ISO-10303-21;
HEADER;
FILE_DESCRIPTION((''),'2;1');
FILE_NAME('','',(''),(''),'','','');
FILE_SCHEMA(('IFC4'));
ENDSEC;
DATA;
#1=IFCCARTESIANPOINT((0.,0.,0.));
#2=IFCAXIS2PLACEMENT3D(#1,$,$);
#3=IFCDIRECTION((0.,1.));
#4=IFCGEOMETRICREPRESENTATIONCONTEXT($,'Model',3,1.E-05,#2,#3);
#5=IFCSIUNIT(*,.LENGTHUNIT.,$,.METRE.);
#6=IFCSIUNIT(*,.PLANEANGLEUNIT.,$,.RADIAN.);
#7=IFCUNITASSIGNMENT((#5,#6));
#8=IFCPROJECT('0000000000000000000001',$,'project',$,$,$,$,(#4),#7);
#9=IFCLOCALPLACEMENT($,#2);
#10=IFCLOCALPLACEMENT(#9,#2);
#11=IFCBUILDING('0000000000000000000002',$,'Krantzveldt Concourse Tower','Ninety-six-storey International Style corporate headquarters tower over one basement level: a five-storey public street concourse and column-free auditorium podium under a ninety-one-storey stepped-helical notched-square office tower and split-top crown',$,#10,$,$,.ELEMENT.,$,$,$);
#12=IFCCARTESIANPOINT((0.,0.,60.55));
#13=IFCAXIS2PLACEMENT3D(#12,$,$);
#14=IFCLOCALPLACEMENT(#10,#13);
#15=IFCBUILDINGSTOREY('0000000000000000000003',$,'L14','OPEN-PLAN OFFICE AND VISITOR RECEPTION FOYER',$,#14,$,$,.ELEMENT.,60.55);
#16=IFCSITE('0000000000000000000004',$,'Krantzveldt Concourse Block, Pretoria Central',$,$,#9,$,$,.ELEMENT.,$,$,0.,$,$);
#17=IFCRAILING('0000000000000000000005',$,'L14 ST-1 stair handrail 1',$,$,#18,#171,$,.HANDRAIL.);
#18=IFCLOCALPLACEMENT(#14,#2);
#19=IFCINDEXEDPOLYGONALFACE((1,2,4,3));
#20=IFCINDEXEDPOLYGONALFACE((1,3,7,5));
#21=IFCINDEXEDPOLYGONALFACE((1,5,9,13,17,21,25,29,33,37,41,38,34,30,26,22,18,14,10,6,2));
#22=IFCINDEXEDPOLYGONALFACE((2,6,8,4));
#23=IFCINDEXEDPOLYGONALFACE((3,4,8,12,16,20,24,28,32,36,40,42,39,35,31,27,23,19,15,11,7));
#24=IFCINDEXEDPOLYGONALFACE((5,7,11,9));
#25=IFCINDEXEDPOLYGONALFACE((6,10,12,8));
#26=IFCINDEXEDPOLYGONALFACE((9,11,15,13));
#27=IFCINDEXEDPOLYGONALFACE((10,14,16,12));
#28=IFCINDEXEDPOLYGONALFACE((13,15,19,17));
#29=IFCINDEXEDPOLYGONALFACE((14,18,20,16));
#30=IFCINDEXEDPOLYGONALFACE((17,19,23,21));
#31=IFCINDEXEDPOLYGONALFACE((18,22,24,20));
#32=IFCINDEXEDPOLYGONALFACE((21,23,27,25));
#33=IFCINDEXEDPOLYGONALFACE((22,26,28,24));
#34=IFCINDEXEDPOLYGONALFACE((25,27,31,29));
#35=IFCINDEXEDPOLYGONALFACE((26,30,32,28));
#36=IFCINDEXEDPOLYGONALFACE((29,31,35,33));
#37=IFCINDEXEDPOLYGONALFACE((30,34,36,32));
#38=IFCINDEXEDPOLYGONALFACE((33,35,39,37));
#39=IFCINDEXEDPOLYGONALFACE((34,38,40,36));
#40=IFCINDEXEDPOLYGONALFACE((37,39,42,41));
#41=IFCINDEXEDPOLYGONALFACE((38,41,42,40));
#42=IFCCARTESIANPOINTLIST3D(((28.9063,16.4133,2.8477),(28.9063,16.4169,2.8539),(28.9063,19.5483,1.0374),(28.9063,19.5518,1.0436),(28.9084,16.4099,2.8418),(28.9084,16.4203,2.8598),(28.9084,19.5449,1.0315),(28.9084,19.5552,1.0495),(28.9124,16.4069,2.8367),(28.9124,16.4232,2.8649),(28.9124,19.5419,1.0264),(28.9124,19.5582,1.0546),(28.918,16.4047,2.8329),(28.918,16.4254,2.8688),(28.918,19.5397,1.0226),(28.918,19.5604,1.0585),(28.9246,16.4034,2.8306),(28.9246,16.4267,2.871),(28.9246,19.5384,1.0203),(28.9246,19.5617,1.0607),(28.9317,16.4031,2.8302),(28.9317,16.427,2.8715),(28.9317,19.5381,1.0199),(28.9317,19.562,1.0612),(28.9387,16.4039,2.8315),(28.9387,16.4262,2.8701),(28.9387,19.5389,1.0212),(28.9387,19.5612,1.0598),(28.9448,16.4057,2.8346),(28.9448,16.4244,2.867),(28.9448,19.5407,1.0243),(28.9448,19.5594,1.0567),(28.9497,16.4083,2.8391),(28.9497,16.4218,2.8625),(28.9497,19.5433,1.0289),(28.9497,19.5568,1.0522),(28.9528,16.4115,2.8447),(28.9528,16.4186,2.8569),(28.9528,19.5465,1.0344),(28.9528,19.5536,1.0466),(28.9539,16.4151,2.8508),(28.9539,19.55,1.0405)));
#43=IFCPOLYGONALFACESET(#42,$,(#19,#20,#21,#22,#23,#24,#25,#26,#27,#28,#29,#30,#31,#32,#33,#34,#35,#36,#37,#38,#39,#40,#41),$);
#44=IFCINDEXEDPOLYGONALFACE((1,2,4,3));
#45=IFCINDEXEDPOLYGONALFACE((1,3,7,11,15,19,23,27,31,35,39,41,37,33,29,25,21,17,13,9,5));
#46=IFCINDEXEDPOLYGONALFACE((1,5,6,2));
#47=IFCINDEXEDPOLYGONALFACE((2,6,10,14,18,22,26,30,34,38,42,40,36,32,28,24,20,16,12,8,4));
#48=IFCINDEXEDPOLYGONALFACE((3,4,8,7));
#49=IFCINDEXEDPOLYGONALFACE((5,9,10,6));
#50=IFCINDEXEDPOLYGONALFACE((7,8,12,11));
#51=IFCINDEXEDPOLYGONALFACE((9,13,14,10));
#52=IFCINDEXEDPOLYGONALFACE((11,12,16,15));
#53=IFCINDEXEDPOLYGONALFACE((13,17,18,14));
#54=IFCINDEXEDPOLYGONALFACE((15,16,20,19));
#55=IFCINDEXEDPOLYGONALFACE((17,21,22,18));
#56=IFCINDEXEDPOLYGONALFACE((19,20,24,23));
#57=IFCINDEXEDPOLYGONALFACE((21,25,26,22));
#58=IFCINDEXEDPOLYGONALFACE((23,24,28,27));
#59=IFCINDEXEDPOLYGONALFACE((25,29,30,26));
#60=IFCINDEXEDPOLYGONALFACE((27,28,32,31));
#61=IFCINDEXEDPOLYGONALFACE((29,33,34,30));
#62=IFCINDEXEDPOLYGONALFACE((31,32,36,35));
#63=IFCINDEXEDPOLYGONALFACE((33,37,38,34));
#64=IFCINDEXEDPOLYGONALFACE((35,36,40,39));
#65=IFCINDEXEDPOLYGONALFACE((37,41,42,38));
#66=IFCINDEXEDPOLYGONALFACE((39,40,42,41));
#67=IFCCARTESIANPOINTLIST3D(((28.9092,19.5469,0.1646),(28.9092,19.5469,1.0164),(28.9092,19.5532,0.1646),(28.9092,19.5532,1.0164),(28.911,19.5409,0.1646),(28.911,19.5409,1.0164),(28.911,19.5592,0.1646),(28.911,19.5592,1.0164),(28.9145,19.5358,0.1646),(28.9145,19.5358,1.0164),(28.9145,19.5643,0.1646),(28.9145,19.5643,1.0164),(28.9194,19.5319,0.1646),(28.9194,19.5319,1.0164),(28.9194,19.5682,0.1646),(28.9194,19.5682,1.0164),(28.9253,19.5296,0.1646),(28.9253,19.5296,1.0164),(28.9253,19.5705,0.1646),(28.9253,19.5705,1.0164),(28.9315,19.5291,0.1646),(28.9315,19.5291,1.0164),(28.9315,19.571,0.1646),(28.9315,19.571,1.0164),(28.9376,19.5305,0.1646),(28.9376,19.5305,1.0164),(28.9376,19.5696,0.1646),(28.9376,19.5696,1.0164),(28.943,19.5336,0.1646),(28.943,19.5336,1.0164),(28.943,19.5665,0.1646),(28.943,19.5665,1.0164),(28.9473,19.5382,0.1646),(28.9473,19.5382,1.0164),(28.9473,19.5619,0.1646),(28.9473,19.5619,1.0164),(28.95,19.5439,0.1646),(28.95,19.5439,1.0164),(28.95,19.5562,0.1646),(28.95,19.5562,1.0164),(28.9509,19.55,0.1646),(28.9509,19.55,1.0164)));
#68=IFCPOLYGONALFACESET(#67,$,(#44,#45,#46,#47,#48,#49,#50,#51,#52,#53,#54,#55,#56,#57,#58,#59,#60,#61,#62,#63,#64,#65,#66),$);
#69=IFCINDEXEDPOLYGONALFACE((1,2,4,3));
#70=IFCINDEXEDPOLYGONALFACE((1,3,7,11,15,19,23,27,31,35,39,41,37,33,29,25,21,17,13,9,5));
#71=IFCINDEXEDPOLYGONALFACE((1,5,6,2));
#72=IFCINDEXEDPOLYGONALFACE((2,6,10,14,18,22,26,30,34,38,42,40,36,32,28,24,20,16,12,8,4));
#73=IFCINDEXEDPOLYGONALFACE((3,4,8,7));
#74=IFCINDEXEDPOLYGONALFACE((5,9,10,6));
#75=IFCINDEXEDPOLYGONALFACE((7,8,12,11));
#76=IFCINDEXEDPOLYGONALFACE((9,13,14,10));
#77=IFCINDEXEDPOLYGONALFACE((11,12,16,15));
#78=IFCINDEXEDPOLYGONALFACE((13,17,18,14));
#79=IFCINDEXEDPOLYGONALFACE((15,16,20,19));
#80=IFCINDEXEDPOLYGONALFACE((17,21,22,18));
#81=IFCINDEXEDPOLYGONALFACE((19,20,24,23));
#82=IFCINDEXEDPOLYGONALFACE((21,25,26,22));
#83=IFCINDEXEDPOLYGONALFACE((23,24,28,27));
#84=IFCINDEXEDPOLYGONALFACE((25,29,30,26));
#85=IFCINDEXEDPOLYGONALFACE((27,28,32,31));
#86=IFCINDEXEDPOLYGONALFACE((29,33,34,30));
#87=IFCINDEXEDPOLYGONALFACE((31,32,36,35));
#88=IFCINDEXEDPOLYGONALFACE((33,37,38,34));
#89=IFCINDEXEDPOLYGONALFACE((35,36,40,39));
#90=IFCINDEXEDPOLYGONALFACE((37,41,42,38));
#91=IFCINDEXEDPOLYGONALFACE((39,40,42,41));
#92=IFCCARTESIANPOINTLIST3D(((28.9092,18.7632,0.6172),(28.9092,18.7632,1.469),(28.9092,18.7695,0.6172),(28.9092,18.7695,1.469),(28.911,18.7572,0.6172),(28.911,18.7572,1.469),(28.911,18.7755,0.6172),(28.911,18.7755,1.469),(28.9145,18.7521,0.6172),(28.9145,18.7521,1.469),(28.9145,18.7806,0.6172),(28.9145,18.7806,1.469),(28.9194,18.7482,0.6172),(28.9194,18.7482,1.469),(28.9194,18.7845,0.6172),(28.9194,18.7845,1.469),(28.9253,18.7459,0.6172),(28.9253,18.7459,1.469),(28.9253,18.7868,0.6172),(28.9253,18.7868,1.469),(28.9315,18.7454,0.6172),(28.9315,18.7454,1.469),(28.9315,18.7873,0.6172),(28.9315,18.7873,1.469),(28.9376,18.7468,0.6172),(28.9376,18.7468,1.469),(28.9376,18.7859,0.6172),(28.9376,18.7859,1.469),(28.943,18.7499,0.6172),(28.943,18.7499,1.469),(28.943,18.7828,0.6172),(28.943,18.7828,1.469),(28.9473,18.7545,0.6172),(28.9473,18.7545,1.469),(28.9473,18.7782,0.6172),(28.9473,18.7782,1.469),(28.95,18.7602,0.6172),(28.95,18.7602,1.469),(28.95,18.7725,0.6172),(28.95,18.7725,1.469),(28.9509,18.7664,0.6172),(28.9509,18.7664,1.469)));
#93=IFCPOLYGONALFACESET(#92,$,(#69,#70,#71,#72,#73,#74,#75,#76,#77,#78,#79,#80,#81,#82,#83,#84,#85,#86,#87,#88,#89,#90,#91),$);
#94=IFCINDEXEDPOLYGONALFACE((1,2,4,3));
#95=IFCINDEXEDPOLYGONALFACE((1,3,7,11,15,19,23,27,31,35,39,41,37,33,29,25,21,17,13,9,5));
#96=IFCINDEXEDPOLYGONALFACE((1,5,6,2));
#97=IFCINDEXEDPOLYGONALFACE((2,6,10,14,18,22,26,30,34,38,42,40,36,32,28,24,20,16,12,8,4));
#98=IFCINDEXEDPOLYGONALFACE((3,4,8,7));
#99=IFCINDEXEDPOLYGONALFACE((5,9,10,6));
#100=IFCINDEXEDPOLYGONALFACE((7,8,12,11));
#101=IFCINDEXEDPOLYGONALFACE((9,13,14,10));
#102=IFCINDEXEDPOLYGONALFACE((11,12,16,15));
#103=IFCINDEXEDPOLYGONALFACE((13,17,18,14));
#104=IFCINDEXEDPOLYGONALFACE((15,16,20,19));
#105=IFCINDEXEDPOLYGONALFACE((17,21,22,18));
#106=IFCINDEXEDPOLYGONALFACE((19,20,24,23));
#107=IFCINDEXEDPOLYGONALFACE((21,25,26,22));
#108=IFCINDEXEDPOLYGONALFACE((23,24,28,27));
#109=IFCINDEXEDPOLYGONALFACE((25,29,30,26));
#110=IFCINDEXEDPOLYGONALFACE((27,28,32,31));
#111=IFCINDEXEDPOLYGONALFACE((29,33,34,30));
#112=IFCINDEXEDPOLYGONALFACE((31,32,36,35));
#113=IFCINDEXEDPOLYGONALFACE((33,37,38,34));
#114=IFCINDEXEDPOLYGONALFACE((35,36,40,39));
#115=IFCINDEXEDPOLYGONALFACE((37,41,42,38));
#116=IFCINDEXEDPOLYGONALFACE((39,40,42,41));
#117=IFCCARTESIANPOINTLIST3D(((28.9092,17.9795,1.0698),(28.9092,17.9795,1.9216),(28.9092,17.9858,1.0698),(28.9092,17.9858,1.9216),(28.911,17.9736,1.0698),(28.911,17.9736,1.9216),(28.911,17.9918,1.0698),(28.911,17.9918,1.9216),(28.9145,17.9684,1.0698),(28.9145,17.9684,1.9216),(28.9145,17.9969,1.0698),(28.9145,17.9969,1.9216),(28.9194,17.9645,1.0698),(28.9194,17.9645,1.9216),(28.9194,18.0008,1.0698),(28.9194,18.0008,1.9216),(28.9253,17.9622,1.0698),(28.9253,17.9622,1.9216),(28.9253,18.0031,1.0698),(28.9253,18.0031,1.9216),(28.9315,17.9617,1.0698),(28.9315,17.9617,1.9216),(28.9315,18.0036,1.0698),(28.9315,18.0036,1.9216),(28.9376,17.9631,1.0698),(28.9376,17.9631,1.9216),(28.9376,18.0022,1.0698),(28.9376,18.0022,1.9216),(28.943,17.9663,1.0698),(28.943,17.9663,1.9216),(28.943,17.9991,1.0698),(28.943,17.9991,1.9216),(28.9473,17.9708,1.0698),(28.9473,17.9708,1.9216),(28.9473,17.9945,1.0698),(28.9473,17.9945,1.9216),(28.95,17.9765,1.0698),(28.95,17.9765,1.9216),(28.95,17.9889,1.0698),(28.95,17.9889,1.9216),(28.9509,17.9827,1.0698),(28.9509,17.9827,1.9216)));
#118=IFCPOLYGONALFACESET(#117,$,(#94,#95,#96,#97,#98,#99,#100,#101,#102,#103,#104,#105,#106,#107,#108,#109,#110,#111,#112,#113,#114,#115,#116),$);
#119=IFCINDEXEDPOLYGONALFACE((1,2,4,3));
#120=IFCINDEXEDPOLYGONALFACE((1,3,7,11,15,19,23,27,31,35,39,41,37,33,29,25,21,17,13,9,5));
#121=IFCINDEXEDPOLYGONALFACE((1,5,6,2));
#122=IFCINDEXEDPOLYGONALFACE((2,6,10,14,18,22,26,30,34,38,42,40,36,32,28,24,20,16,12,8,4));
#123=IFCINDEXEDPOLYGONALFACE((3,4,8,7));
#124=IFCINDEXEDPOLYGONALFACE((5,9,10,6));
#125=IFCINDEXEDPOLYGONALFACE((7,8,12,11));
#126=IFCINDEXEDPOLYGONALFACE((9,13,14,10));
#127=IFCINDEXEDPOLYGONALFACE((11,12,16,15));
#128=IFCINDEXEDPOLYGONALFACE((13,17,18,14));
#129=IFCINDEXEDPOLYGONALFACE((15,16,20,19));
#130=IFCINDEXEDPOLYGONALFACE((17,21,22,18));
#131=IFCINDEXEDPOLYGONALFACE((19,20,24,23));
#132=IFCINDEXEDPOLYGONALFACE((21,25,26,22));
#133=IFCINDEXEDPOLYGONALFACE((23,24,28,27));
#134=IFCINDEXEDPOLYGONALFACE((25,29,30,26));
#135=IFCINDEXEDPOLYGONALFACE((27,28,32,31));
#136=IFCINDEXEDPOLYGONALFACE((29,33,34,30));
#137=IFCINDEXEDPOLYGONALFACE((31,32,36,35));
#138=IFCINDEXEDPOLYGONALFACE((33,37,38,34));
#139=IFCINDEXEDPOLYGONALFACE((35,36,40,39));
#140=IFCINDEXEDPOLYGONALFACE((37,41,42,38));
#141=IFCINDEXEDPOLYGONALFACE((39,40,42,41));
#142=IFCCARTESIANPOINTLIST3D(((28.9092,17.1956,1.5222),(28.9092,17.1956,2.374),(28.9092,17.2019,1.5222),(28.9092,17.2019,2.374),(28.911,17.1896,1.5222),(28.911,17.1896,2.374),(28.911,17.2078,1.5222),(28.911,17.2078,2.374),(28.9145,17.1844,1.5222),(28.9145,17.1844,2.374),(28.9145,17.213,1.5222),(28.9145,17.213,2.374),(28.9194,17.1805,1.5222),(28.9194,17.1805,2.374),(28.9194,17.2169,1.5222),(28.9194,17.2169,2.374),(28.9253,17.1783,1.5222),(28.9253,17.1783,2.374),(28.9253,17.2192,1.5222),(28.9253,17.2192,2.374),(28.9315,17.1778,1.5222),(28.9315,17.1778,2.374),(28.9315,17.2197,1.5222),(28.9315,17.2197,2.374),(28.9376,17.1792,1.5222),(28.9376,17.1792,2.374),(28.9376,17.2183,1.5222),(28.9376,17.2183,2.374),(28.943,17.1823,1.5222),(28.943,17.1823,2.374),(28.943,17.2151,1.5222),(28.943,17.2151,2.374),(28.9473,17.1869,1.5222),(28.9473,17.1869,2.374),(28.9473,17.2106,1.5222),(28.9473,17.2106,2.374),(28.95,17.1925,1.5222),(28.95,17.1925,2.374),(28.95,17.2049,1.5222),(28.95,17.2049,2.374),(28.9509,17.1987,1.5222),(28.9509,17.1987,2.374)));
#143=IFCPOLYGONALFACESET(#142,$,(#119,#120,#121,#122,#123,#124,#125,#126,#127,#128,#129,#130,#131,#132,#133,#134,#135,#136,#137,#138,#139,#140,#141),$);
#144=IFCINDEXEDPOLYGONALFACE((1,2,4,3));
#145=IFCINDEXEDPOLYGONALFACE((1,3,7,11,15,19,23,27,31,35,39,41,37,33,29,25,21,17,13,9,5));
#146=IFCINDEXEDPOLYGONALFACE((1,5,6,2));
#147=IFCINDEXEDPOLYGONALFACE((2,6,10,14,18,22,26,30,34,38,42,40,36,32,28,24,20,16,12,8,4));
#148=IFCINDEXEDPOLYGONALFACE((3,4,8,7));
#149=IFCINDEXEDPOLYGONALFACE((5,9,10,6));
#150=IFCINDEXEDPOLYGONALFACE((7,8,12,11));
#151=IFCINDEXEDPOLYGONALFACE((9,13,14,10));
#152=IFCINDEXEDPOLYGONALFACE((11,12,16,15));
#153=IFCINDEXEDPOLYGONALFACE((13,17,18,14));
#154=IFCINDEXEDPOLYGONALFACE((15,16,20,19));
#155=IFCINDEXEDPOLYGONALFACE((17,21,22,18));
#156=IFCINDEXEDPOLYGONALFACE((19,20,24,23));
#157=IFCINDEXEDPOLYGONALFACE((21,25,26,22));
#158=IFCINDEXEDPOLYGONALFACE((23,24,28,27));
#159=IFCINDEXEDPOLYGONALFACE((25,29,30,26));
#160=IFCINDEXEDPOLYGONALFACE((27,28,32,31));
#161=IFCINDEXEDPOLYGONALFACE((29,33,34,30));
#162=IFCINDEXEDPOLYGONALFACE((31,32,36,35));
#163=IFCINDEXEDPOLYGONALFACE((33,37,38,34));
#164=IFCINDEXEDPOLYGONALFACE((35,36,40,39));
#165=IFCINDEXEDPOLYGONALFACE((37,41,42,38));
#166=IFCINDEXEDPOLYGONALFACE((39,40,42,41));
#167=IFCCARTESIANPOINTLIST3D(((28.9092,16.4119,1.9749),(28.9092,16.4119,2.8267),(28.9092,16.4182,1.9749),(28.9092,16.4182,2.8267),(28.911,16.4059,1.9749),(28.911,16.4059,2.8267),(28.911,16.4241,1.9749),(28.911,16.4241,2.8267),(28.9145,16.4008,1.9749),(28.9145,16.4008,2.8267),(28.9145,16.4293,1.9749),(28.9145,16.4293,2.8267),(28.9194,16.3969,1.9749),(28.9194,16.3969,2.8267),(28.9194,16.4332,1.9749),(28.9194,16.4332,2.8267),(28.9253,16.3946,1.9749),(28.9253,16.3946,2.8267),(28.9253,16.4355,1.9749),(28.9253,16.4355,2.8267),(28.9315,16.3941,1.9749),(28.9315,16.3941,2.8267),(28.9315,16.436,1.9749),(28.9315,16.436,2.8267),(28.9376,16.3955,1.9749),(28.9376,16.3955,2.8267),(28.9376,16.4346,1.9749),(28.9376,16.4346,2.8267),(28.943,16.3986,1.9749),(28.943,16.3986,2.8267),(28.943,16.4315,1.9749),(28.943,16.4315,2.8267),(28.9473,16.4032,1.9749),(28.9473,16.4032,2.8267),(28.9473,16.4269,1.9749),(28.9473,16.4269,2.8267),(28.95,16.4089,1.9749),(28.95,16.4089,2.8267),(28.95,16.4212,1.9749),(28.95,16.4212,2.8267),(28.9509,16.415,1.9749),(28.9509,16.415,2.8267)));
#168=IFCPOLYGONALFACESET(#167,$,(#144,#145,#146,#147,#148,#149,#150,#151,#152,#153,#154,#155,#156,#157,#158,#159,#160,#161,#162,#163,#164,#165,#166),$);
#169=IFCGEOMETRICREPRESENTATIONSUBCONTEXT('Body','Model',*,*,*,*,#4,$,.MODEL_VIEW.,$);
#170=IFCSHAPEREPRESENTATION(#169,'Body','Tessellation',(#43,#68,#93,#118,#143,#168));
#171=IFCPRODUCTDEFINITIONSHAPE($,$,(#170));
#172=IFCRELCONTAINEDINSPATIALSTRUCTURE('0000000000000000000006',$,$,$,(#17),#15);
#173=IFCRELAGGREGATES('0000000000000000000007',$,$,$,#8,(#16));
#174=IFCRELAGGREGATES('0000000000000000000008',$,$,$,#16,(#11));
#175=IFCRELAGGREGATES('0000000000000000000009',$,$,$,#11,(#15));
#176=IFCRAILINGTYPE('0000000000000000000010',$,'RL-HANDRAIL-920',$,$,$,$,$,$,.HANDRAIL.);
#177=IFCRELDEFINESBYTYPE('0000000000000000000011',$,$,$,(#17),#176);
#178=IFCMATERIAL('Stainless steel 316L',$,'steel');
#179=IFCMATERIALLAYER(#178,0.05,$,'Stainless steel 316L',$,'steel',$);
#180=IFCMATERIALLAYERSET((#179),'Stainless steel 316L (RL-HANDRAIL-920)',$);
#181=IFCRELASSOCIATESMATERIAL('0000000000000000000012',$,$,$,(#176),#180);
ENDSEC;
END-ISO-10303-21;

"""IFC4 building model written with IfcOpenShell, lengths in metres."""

from ifc_helpers import new_model, si_unit, direction, frame, origin, origin_2d, place, context, subcontext, project, spatial, circle, extrude, material, layer, layer_set, type_object, element, save


model = new_model("IFC4")

# Units and contexts
model_context = context("Model", 3, precision=1e-05, world=origin(), true_north=direction((0.0, 1.0)))
body_context = subcontext(model_context, "Body", "Model", "MODEL_VIEW")
ifc_project = project(units=[si_unit("LENGTHUNIT", "METRE"), si_unit("PLANEANGLEUNIT", "RADIAN")], contexts=[model_context])

# Site, building, storey
site_placement = place(None, origin())
site = spatial("IfcSite", under=ifc_project, at=site_placement, Name="Krantzveldt Concourse Block, Pretoria Central", CompositionType="ELEMENT", RefElevation=0.0)
building_placement = place(site_placement, origin())
building = spatial("IfcBuilding", under=site, at=building_placement, Name="Krantzveldt Concourse Tower", Description="Ninety-six-storey International Style corporate headquarters tower over one basement level: a five-storey public street concourse and column-free auditorium podium under a ninety-one-storey stepped-helical notched-square office tower and split-top crown", CompositionType="ELEMENT")
storey_placement = place(building_placement, frame((0.0, 0.0, 60.55)))
storey = spatial("IfcBuildingStorey", under=building, at=storey_placement, Name="L14", Description="OPEN-PLAN OFFICE AND VISITOR RECEPTION FOYER", CompositionType="ELEMENT", Elevation=60.55)

# Shared definitions
ifc_material_1 = material(Name="Stainless steel 316L", Category="steel")

# Railing
ifc_layer_1 = layer(ifc_material_1, 0.05, Name="Stainless steel 316L", Category="steel")
ifc_layer_set_1 = layer_set([ifc_layer_1], Name="Stainless steel 316L (RL-HANDRAIL-920)")
railing_type_1 = type_object("IfcRailingType", Name="RL-HANDRAIL-920", PredefinedType="HANDRAIL", material=ifc_layer_set_1)
railing_1_placement = place(storey_placement, frame((28.9299, 19.55, 0.1646)))
element("IfcRailing", 1, at=railing_1_placement, inside=storey, type_object=railing_type_1, Name="L14 ST-1 stair handrail 1", PredefinedType="HANDRAIL", context=body_context, shape_type="SweptSolid", body=[
    extrude(circle(Radius=0.0239, at=origin_2d()), frame((0.0, 0.0, 0.876), z_axis=(0.0, -0.865989, 0.500063), x_axis=(1.0, 0.0, 0.0)), (0.0, 0.0, 1.0), 3.6201),
    extrude(circle(Radius=0.021, at=origin_2d()), origin(), (0.0, 0.0, 1.0), 0.8518),
    extrude(circle(Radius=0.021, at=origin_2d()), frame((0.0, -0.7837, 0.4526)), (0.0, 0.0, 1.0), 0.8518),
    extrude(circle(Radius=0.021, at=origin_2d()), frame((0.0, -1.5674, 0.9053)), (0.0, 0.0, 1.0), 0.8518),
    extrude(circle(Radius=0.021, at=origin_2d()), frame((0.0, -2.3513, 1.3577)), (0.0, 0.0, 1.0), 0.8518),
    extrude(circle(Radius=0.021, at=origin_2d()), frame((0.0, -3.135, 1.8103)), (0.0, 0.0, 1.0), 0.8518),
])

save(model, "model.ifc")
